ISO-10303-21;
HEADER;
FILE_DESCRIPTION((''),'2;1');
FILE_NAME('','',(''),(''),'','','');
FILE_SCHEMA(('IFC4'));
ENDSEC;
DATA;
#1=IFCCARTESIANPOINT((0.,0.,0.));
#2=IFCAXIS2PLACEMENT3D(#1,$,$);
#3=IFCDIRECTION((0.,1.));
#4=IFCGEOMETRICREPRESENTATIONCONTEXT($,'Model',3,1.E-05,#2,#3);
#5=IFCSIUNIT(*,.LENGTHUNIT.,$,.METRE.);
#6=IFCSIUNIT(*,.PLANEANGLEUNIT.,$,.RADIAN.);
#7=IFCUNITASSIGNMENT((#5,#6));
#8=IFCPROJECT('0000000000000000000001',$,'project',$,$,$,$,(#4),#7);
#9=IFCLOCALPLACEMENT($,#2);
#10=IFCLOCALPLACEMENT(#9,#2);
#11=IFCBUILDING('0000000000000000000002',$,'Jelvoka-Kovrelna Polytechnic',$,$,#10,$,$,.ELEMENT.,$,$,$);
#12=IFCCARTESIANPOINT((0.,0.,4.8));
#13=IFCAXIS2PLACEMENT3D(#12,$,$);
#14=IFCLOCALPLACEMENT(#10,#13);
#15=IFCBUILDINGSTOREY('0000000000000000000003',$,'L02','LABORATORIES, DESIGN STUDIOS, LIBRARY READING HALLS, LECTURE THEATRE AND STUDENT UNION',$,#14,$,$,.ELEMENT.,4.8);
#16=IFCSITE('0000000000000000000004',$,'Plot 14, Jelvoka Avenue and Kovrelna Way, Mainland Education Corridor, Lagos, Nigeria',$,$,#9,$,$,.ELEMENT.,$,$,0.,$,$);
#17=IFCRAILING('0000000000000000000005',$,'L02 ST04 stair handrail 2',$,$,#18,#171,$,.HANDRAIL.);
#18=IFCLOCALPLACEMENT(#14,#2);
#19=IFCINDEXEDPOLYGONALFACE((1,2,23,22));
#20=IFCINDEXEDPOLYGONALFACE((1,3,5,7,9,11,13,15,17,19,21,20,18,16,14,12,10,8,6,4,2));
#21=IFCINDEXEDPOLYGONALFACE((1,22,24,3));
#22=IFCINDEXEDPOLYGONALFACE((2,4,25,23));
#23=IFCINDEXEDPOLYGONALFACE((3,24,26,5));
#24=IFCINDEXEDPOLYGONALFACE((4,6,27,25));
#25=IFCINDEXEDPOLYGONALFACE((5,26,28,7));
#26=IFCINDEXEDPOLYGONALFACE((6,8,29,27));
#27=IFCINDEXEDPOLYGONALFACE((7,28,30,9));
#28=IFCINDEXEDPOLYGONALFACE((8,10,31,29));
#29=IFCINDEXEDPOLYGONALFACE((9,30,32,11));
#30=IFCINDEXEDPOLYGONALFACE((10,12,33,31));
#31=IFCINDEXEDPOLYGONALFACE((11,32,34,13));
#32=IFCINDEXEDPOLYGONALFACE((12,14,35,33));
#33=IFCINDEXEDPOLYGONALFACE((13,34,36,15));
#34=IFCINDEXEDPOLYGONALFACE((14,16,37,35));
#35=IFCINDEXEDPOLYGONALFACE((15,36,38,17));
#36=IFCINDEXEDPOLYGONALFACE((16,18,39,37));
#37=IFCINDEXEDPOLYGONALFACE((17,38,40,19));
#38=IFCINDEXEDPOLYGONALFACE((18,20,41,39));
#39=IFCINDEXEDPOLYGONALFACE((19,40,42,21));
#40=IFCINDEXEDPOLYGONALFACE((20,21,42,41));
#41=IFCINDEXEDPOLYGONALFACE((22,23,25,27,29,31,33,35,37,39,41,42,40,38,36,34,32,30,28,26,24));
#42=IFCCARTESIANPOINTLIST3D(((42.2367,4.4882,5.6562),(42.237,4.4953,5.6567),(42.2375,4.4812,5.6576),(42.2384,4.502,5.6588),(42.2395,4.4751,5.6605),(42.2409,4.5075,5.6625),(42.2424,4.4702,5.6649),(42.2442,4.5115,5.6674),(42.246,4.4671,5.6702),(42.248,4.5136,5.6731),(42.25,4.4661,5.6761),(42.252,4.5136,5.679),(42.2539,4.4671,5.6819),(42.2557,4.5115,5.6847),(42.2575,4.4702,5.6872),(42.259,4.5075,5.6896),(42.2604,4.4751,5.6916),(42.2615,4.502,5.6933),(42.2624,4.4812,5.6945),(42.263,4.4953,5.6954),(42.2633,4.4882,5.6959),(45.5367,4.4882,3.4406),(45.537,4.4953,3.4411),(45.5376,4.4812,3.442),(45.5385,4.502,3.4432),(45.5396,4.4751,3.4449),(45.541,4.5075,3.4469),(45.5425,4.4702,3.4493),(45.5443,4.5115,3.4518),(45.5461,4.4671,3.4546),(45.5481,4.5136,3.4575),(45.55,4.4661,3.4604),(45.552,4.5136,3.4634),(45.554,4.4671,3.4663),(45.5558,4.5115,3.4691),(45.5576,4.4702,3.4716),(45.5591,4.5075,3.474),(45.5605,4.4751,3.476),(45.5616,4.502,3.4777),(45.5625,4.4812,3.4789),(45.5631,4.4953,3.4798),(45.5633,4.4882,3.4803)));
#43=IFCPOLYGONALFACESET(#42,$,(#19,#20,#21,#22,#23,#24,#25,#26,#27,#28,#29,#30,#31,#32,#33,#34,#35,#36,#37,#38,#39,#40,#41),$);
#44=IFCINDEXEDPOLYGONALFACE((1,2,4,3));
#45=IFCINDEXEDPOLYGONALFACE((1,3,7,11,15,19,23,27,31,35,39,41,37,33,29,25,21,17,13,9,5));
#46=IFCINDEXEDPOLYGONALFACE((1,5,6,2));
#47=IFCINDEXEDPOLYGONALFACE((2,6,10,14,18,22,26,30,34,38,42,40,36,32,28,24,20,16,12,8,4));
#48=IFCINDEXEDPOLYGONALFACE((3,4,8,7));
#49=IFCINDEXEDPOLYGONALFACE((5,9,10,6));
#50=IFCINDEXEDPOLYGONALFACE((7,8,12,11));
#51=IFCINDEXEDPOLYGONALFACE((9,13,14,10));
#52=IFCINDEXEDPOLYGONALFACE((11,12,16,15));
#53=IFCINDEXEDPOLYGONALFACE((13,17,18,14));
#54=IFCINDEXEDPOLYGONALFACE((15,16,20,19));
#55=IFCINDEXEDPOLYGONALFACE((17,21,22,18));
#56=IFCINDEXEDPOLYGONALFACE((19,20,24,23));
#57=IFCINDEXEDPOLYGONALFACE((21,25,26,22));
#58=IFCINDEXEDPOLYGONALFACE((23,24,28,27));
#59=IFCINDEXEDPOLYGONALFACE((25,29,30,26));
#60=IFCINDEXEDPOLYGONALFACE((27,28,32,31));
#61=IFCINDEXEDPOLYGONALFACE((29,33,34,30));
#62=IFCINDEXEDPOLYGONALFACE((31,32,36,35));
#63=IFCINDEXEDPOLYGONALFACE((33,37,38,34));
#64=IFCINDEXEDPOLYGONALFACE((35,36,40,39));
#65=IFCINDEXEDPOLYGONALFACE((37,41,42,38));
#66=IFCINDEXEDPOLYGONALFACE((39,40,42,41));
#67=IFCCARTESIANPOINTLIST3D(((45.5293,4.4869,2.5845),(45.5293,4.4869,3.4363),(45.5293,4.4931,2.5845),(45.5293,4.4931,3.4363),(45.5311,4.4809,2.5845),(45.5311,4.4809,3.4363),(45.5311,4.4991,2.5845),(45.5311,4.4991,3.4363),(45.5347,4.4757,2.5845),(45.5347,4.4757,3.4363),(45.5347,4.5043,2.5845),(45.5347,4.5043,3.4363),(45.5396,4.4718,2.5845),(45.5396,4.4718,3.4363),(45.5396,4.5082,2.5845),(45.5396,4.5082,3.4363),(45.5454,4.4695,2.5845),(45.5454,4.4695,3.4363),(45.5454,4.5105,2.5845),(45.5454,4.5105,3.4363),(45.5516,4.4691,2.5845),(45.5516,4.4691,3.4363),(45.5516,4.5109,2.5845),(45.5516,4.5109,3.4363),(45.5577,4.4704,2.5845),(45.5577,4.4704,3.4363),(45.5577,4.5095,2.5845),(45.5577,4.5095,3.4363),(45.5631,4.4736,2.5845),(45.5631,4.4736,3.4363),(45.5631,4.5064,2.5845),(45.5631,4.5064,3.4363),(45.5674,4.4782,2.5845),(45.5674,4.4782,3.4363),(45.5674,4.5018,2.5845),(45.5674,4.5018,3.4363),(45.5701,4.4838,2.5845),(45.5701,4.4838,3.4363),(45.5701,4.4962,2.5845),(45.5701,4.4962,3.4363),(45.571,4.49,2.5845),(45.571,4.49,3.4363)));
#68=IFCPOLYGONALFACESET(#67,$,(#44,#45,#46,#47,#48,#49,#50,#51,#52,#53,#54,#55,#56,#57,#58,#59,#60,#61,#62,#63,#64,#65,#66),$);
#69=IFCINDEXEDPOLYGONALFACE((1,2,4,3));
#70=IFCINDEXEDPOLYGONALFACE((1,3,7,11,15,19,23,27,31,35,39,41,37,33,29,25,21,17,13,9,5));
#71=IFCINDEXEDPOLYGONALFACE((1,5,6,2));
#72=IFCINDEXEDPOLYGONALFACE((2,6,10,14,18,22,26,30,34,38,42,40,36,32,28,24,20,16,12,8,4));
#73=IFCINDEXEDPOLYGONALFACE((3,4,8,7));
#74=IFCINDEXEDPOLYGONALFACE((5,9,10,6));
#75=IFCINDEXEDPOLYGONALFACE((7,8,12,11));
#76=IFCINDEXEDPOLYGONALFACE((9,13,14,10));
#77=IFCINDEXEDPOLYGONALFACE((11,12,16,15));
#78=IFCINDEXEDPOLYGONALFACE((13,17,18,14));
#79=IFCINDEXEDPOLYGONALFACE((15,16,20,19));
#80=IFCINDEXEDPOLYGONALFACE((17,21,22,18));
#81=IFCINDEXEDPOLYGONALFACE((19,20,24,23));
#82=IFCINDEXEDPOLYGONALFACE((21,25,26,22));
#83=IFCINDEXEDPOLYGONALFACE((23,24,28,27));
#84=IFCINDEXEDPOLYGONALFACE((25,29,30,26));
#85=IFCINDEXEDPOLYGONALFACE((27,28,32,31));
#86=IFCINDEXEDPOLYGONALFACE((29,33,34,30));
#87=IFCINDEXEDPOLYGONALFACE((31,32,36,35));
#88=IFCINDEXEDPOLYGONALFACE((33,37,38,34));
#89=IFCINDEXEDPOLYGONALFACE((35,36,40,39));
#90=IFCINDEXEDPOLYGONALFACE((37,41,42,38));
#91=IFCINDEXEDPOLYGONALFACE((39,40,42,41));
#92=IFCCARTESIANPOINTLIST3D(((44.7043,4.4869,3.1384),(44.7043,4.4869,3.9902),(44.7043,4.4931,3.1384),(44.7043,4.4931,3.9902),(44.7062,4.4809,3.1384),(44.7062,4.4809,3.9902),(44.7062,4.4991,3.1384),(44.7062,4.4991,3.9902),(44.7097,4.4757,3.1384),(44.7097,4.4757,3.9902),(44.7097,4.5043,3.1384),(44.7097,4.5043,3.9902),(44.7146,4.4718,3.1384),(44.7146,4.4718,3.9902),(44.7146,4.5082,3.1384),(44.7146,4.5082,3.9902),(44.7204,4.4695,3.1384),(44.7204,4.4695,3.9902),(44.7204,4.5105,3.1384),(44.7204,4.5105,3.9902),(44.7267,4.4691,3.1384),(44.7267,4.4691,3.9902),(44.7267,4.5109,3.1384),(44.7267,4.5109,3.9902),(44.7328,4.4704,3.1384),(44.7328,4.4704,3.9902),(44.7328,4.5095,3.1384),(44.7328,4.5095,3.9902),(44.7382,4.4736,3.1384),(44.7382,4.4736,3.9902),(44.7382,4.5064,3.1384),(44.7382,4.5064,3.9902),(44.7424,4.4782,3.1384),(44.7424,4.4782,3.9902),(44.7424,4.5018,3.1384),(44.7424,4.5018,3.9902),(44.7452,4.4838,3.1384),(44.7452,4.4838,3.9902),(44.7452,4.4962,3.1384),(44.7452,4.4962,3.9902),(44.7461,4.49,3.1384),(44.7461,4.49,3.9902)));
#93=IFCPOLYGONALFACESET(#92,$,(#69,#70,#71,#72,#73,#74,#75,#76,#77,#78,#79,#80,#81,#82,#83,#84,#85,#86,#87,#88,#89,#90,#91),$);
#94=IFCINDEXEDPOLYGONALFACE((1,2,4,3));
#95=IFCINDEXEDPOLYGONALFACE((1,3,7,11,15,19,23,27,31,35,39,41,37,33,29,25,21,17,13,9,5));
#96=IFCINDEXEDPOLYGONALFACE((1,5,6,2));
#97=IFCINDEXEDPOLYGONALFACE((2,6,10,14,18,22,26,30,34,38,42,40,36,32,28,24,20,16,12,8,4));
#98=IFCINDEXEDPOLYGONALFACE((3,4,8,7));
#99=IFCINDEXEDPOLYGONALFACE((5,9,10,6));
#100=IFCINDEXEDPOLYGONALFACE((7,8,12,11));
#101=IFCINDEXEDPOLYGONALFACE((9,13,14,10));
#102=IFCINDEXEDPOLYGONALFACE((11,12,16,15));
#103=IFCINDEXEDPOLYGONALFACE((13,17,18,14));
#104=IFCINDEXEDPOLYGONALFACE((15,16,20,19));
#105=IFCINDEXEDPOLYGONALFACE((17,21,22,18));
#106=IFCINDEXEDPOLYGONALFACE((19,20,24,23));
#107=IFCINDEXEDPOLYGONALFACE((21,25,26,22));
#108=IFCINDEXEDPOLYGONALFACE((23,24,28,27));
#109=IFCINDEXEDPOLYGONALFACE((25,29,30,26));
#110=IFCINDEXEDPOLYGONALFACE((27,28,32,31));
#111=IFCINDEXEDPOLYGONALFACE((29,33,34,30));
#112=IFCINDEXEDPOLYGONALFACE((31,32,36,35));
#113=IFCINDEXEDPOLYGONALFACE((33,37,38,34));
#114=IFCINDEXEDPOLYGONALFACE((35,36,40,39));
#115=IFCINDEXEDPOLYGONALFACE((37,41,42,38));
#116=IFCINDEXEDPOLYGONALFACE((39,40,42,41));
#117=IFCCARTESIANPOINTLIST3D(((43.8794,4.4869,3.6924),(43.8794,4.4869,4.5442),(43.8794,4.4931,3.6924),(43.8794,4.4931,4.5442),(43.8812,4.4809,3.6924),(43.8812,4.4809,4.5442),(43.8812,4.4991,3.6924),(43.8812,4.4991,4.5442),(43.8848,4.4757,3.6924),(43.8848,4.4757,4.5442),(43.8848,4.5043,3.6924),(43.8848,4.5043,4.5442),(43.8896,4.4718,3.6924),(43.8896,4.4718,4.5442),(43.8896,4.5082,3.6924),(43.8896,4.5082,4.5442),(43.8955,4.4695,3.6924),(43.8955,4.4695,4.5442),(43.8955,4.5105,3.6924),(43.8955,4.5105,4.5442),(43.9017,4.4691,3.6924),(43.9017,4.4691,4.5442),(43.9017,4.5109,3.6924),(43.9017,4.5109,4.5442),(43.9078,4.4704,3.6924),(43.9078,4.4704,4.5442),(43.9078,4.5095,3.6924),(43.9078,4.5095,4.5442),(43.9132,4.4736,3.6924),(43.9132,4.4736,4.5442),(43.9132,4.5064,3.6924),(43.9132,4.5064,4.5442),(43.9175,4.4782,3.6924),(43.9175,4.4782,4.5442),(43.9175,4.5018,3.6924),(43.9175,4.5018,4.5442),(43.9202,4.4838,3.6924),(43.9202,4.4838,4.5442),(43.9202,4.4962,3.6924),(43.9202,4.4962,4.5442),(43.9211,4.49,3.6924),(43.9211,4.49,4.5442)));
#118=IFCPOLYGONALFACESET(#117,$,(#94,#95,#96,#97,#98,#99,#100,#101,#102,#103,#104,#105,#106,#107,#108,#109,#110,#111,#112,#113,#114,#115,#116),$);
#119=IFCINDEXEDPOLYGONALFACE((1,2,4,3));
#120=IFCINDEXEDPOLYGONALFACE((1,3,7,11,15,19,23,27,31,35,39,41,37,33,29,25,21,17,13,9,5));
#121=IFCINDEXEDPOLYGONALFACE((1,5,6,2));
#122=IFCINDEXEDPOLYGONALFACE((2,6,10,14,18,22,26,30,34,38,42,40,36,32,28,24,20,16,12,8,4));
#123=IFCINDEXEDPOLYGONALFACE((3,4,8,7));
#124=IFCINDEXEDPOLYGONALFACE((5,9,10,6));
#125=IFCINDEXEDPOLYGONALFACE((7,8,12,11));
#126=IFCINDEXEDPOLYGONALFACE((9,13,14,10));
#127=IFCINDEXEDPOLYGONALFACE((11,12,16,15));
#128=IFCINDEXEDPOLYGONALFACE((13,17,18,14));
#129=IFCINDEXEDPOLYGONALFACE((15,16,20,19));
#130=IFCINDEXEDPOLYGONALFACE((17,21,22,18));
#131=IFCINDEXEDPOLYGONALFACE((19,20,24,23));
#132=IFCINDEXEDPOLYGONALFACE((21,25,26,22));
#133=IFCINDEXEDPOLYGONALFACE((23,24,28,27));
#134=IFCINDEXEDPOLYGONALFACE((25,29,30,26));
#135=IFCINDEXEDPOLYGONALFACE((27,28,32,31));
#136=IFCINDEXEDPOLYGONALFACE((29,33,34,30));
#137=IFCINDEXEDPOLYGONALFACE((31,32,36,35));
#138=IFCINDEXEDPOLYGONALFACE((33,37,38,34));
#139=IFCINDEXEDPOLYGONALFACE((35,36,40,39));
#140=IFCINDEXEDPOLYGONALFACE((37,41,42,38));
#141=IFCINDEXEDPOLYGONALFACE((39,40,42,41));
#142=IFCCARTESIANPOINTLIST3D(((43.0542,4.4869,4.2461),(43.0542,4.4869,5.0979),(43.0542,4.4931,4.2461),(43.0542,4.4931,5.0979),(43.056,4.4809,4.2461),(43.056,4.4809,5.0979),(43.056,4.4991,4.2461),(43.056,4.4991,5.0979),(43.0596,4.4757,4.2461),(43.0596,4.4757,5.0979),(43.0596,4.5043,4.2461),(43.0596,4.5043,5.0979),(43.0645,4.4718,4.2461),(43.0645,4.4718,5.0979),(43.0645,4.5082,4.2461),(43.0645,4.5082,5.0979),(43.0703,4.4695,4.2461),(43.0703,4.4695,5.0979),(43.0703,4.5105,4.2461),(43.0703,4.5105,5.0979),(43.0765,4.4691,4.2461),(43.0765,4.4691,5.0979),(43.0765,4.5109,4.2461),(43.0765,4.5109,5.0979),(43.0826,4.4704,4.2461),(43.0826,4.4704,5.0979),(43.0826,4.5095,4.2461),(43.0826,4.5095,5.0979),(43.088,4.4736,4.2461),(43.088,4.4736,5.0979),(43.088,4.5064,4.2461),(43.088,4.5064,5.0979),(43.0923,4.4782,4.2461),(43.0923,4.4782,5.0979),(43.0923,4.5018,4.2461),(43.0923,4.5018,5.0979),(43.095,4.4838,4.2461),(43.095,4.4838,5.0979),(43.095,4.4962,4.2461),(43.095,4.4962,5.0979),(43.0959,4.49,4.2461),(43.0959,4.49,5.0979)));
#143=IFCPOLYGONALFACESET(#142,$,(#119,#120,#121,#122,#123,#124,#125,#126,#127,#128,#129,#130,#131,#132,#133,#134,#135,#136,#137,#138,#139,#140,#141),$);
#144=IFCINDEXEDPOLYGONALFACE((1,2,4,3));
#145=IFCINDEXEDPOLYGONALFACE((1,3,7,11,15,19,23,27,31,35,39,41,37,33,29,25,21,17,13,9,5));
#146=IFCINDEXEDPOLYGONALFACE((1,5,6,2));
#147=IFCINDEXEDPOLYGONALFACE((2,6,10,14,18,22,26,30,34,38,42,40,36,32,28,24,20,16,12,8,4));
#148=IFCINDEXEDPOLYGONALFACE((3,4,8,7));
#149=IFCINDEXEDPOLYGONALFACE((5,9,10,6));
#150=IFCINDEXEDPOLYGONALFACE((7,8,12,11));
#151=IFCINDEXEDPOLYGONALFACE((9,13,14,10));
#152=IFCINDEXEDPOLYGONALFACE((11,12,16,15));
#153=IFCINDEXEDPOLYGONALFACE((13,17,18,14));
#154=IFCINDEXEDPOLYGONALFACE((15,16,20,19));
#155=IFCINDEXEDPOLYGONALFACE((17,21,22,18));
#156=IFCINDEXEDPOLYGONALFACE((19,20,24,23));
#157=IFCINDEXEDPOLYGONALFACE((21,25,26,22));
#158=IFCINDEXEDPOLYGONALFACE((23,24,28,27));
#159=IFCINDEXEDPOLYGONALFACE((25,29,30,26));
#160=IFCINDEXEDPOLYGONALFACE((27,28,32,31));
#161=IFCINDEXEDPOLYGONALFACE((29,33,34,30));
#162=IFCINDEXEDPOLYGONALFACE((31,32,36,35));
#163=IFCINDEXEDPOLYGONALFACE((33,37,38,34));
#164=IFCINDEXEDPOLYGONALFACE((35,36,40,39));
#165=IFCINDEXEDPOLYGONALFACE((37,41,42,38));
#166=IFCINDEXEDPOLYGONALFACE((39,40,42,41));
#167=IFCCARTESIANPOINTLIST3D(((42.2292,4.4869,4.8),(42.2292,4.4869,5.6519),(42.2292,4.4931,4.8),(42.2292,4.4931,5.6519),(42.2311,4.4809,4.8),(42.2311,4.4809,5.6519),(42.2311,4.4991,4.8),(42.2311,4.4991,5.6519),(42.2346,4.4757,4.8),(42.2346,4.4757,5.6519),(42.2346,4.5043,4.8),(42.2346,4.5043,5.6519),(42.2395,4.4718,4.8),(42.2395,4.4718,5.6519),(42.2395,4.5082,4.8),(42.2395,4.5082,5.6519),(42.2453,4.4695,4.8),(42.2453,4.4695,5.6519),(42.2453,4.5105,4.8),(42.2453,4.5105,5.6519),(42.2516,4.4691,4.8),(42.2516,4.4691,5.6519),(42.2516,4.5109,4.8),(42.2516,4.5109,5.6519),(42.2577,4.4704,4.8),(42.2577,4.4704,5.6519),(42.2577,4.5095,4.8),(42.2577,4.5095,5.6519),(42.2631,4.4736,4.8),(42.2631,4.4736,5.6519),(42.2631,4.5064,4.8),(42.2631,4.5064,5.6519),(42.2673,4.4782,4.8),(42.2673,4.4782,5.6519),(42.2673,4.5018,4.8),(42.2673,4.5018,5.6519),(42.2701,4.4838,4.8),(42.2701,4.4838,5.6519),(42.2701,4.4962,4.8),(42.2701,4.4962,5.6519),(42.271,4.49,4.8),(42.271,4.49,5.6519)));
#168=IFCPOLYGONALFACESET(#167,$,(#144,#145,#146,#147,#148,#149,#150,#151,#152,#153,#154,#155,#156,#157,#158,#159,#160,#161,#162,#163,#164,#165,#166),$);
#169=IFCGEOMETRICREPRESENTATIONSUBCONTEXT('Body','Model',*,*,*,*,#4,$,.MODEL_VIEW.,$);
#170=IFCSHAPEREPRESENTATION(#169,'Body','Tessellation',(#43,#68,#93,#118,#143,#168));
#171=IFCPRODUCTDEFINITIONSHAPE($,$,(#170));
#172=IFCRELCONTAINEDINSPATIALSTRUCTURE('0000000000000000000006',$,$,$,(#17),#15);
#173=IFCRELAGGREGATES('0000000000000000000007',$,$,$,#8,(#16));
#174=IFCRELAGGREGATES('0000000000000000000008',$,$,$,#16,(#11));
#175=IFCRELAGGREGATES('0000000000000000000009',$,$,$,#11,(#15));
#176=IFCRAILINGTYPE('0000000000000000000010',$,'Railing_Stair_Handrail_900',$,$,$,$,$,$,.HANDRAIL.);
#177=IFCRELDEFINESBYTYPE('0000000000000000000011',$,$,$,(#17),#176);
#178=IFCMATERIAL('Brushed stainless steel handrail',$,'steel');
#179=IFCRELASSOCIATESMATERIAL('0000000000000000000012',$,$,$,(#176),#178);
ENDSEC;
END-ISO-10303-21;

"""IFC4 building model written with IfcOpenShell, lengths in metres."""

from ifc_helpers import new_model, si_unit, direction, frame, origin, origin_2d, place, context, subcontext, project, spatial, circle, extrude, material, type_object, element, save


model = new_model("IFC4")

# Units and contexts
model_context = context("Model", 3, precision=1e-05, world=origin(), true_north=direction((0.0, 1.0)))
body_context = subcontext(model_context, "Body", "Model", "MODEL_VIEW")
ifc_project = project(units=[si_unit("LENGTHUNIT", "METRE"), si_unit("PLANEANGLEUNIT", "RADIAN")], contexts=[model_context])

# Site, building, storey
site_placement = place(None, origin())
site = spatial("IfcSite", under=ifc_project, at=site_placement, Name="Plot 14, Jelvoka Avenue and Kovrelna Way, Mainland Education Corridor, Lagos, Nigeria", CompositionType="ELEMENT", RefElevation=0.0)
building_placement = place(site_placement, origin())
building = spatial("IfcBuilding", under=site, at=building_placement, Name="Jelvoka-Kovrelna Polytechnic", CompositionType="ELEMENT")
storey_placement = place(building_placement, frame((0.0, 0.0, 4.8)))
storey = spatial("IfcBuildingStorey", under=building, at=storey_placement, Name="L02", Description="LABORATORIES, DESIGN STUDIOS, LIBRARY READING HALLS, LECTURE THEATRE AND STUDENT UNION", CompositionType="ELEMENT", Elevation=4.8)

# Railing
ifc_material_1 = material(Name="Brushed stainless steel handrail", Category="steel")
railing_type_1 = type_object("IfcRailingType", Name="Railing_Stair_Handrail_900", PredefinedType="HANDRAIL", material=ifc_material_1)
railing_1_placement = place(storey_placement, frame((45.55, 4.49, 2.5845)))
element("IfcRailing", 1, at=railing_1_placement, inside=storey, type_object=railing_type_1, Name="L02 ST04 stair handrail 2", PredefinedType="HANDRAIL", context=body_context, shape_type="SweptSolid", body=[
    extrude(circle(Radius=0.0239, at=origin_2d()), frame((0.0, 0.0, 0.876), z_axis=(-0.830241, 0.0, 0.557405), x_axis=(0.0, -1.0, 0.0)), (0.0, 0.0, 1.0), 3.9749),
    extrude(circle(Radius=0.021, at=origin_2d()), origin(), (0.0, 0.0, 1.0), 0.8518),
    extrude(circle(Radius=0.021, at=origin_2d()), frame((-0.825, 0.0, 0.554)), (0.0, 0.0, 1.0), 0.8518),
    extrude(circle(Radius=0.021, at=origin_2d()), frame((-1.6499, 0.0, 1.1079)), (0.0, 0.0, 1.0), 0.8518),
    extrude(circle(Radius=0.021, at=origin_2d()), frame((-2.4751, 0.0, 1.6616)), (0.0, 0.0, 1.0), 0.8518),
    extrude(circle(Radius=0.021, at=origin_2d()), frame((-3.3, 0.0, 2.2156)), (0.0, 0.0, 1.0), 0.8518),
])

save(model, "model.ifc")
